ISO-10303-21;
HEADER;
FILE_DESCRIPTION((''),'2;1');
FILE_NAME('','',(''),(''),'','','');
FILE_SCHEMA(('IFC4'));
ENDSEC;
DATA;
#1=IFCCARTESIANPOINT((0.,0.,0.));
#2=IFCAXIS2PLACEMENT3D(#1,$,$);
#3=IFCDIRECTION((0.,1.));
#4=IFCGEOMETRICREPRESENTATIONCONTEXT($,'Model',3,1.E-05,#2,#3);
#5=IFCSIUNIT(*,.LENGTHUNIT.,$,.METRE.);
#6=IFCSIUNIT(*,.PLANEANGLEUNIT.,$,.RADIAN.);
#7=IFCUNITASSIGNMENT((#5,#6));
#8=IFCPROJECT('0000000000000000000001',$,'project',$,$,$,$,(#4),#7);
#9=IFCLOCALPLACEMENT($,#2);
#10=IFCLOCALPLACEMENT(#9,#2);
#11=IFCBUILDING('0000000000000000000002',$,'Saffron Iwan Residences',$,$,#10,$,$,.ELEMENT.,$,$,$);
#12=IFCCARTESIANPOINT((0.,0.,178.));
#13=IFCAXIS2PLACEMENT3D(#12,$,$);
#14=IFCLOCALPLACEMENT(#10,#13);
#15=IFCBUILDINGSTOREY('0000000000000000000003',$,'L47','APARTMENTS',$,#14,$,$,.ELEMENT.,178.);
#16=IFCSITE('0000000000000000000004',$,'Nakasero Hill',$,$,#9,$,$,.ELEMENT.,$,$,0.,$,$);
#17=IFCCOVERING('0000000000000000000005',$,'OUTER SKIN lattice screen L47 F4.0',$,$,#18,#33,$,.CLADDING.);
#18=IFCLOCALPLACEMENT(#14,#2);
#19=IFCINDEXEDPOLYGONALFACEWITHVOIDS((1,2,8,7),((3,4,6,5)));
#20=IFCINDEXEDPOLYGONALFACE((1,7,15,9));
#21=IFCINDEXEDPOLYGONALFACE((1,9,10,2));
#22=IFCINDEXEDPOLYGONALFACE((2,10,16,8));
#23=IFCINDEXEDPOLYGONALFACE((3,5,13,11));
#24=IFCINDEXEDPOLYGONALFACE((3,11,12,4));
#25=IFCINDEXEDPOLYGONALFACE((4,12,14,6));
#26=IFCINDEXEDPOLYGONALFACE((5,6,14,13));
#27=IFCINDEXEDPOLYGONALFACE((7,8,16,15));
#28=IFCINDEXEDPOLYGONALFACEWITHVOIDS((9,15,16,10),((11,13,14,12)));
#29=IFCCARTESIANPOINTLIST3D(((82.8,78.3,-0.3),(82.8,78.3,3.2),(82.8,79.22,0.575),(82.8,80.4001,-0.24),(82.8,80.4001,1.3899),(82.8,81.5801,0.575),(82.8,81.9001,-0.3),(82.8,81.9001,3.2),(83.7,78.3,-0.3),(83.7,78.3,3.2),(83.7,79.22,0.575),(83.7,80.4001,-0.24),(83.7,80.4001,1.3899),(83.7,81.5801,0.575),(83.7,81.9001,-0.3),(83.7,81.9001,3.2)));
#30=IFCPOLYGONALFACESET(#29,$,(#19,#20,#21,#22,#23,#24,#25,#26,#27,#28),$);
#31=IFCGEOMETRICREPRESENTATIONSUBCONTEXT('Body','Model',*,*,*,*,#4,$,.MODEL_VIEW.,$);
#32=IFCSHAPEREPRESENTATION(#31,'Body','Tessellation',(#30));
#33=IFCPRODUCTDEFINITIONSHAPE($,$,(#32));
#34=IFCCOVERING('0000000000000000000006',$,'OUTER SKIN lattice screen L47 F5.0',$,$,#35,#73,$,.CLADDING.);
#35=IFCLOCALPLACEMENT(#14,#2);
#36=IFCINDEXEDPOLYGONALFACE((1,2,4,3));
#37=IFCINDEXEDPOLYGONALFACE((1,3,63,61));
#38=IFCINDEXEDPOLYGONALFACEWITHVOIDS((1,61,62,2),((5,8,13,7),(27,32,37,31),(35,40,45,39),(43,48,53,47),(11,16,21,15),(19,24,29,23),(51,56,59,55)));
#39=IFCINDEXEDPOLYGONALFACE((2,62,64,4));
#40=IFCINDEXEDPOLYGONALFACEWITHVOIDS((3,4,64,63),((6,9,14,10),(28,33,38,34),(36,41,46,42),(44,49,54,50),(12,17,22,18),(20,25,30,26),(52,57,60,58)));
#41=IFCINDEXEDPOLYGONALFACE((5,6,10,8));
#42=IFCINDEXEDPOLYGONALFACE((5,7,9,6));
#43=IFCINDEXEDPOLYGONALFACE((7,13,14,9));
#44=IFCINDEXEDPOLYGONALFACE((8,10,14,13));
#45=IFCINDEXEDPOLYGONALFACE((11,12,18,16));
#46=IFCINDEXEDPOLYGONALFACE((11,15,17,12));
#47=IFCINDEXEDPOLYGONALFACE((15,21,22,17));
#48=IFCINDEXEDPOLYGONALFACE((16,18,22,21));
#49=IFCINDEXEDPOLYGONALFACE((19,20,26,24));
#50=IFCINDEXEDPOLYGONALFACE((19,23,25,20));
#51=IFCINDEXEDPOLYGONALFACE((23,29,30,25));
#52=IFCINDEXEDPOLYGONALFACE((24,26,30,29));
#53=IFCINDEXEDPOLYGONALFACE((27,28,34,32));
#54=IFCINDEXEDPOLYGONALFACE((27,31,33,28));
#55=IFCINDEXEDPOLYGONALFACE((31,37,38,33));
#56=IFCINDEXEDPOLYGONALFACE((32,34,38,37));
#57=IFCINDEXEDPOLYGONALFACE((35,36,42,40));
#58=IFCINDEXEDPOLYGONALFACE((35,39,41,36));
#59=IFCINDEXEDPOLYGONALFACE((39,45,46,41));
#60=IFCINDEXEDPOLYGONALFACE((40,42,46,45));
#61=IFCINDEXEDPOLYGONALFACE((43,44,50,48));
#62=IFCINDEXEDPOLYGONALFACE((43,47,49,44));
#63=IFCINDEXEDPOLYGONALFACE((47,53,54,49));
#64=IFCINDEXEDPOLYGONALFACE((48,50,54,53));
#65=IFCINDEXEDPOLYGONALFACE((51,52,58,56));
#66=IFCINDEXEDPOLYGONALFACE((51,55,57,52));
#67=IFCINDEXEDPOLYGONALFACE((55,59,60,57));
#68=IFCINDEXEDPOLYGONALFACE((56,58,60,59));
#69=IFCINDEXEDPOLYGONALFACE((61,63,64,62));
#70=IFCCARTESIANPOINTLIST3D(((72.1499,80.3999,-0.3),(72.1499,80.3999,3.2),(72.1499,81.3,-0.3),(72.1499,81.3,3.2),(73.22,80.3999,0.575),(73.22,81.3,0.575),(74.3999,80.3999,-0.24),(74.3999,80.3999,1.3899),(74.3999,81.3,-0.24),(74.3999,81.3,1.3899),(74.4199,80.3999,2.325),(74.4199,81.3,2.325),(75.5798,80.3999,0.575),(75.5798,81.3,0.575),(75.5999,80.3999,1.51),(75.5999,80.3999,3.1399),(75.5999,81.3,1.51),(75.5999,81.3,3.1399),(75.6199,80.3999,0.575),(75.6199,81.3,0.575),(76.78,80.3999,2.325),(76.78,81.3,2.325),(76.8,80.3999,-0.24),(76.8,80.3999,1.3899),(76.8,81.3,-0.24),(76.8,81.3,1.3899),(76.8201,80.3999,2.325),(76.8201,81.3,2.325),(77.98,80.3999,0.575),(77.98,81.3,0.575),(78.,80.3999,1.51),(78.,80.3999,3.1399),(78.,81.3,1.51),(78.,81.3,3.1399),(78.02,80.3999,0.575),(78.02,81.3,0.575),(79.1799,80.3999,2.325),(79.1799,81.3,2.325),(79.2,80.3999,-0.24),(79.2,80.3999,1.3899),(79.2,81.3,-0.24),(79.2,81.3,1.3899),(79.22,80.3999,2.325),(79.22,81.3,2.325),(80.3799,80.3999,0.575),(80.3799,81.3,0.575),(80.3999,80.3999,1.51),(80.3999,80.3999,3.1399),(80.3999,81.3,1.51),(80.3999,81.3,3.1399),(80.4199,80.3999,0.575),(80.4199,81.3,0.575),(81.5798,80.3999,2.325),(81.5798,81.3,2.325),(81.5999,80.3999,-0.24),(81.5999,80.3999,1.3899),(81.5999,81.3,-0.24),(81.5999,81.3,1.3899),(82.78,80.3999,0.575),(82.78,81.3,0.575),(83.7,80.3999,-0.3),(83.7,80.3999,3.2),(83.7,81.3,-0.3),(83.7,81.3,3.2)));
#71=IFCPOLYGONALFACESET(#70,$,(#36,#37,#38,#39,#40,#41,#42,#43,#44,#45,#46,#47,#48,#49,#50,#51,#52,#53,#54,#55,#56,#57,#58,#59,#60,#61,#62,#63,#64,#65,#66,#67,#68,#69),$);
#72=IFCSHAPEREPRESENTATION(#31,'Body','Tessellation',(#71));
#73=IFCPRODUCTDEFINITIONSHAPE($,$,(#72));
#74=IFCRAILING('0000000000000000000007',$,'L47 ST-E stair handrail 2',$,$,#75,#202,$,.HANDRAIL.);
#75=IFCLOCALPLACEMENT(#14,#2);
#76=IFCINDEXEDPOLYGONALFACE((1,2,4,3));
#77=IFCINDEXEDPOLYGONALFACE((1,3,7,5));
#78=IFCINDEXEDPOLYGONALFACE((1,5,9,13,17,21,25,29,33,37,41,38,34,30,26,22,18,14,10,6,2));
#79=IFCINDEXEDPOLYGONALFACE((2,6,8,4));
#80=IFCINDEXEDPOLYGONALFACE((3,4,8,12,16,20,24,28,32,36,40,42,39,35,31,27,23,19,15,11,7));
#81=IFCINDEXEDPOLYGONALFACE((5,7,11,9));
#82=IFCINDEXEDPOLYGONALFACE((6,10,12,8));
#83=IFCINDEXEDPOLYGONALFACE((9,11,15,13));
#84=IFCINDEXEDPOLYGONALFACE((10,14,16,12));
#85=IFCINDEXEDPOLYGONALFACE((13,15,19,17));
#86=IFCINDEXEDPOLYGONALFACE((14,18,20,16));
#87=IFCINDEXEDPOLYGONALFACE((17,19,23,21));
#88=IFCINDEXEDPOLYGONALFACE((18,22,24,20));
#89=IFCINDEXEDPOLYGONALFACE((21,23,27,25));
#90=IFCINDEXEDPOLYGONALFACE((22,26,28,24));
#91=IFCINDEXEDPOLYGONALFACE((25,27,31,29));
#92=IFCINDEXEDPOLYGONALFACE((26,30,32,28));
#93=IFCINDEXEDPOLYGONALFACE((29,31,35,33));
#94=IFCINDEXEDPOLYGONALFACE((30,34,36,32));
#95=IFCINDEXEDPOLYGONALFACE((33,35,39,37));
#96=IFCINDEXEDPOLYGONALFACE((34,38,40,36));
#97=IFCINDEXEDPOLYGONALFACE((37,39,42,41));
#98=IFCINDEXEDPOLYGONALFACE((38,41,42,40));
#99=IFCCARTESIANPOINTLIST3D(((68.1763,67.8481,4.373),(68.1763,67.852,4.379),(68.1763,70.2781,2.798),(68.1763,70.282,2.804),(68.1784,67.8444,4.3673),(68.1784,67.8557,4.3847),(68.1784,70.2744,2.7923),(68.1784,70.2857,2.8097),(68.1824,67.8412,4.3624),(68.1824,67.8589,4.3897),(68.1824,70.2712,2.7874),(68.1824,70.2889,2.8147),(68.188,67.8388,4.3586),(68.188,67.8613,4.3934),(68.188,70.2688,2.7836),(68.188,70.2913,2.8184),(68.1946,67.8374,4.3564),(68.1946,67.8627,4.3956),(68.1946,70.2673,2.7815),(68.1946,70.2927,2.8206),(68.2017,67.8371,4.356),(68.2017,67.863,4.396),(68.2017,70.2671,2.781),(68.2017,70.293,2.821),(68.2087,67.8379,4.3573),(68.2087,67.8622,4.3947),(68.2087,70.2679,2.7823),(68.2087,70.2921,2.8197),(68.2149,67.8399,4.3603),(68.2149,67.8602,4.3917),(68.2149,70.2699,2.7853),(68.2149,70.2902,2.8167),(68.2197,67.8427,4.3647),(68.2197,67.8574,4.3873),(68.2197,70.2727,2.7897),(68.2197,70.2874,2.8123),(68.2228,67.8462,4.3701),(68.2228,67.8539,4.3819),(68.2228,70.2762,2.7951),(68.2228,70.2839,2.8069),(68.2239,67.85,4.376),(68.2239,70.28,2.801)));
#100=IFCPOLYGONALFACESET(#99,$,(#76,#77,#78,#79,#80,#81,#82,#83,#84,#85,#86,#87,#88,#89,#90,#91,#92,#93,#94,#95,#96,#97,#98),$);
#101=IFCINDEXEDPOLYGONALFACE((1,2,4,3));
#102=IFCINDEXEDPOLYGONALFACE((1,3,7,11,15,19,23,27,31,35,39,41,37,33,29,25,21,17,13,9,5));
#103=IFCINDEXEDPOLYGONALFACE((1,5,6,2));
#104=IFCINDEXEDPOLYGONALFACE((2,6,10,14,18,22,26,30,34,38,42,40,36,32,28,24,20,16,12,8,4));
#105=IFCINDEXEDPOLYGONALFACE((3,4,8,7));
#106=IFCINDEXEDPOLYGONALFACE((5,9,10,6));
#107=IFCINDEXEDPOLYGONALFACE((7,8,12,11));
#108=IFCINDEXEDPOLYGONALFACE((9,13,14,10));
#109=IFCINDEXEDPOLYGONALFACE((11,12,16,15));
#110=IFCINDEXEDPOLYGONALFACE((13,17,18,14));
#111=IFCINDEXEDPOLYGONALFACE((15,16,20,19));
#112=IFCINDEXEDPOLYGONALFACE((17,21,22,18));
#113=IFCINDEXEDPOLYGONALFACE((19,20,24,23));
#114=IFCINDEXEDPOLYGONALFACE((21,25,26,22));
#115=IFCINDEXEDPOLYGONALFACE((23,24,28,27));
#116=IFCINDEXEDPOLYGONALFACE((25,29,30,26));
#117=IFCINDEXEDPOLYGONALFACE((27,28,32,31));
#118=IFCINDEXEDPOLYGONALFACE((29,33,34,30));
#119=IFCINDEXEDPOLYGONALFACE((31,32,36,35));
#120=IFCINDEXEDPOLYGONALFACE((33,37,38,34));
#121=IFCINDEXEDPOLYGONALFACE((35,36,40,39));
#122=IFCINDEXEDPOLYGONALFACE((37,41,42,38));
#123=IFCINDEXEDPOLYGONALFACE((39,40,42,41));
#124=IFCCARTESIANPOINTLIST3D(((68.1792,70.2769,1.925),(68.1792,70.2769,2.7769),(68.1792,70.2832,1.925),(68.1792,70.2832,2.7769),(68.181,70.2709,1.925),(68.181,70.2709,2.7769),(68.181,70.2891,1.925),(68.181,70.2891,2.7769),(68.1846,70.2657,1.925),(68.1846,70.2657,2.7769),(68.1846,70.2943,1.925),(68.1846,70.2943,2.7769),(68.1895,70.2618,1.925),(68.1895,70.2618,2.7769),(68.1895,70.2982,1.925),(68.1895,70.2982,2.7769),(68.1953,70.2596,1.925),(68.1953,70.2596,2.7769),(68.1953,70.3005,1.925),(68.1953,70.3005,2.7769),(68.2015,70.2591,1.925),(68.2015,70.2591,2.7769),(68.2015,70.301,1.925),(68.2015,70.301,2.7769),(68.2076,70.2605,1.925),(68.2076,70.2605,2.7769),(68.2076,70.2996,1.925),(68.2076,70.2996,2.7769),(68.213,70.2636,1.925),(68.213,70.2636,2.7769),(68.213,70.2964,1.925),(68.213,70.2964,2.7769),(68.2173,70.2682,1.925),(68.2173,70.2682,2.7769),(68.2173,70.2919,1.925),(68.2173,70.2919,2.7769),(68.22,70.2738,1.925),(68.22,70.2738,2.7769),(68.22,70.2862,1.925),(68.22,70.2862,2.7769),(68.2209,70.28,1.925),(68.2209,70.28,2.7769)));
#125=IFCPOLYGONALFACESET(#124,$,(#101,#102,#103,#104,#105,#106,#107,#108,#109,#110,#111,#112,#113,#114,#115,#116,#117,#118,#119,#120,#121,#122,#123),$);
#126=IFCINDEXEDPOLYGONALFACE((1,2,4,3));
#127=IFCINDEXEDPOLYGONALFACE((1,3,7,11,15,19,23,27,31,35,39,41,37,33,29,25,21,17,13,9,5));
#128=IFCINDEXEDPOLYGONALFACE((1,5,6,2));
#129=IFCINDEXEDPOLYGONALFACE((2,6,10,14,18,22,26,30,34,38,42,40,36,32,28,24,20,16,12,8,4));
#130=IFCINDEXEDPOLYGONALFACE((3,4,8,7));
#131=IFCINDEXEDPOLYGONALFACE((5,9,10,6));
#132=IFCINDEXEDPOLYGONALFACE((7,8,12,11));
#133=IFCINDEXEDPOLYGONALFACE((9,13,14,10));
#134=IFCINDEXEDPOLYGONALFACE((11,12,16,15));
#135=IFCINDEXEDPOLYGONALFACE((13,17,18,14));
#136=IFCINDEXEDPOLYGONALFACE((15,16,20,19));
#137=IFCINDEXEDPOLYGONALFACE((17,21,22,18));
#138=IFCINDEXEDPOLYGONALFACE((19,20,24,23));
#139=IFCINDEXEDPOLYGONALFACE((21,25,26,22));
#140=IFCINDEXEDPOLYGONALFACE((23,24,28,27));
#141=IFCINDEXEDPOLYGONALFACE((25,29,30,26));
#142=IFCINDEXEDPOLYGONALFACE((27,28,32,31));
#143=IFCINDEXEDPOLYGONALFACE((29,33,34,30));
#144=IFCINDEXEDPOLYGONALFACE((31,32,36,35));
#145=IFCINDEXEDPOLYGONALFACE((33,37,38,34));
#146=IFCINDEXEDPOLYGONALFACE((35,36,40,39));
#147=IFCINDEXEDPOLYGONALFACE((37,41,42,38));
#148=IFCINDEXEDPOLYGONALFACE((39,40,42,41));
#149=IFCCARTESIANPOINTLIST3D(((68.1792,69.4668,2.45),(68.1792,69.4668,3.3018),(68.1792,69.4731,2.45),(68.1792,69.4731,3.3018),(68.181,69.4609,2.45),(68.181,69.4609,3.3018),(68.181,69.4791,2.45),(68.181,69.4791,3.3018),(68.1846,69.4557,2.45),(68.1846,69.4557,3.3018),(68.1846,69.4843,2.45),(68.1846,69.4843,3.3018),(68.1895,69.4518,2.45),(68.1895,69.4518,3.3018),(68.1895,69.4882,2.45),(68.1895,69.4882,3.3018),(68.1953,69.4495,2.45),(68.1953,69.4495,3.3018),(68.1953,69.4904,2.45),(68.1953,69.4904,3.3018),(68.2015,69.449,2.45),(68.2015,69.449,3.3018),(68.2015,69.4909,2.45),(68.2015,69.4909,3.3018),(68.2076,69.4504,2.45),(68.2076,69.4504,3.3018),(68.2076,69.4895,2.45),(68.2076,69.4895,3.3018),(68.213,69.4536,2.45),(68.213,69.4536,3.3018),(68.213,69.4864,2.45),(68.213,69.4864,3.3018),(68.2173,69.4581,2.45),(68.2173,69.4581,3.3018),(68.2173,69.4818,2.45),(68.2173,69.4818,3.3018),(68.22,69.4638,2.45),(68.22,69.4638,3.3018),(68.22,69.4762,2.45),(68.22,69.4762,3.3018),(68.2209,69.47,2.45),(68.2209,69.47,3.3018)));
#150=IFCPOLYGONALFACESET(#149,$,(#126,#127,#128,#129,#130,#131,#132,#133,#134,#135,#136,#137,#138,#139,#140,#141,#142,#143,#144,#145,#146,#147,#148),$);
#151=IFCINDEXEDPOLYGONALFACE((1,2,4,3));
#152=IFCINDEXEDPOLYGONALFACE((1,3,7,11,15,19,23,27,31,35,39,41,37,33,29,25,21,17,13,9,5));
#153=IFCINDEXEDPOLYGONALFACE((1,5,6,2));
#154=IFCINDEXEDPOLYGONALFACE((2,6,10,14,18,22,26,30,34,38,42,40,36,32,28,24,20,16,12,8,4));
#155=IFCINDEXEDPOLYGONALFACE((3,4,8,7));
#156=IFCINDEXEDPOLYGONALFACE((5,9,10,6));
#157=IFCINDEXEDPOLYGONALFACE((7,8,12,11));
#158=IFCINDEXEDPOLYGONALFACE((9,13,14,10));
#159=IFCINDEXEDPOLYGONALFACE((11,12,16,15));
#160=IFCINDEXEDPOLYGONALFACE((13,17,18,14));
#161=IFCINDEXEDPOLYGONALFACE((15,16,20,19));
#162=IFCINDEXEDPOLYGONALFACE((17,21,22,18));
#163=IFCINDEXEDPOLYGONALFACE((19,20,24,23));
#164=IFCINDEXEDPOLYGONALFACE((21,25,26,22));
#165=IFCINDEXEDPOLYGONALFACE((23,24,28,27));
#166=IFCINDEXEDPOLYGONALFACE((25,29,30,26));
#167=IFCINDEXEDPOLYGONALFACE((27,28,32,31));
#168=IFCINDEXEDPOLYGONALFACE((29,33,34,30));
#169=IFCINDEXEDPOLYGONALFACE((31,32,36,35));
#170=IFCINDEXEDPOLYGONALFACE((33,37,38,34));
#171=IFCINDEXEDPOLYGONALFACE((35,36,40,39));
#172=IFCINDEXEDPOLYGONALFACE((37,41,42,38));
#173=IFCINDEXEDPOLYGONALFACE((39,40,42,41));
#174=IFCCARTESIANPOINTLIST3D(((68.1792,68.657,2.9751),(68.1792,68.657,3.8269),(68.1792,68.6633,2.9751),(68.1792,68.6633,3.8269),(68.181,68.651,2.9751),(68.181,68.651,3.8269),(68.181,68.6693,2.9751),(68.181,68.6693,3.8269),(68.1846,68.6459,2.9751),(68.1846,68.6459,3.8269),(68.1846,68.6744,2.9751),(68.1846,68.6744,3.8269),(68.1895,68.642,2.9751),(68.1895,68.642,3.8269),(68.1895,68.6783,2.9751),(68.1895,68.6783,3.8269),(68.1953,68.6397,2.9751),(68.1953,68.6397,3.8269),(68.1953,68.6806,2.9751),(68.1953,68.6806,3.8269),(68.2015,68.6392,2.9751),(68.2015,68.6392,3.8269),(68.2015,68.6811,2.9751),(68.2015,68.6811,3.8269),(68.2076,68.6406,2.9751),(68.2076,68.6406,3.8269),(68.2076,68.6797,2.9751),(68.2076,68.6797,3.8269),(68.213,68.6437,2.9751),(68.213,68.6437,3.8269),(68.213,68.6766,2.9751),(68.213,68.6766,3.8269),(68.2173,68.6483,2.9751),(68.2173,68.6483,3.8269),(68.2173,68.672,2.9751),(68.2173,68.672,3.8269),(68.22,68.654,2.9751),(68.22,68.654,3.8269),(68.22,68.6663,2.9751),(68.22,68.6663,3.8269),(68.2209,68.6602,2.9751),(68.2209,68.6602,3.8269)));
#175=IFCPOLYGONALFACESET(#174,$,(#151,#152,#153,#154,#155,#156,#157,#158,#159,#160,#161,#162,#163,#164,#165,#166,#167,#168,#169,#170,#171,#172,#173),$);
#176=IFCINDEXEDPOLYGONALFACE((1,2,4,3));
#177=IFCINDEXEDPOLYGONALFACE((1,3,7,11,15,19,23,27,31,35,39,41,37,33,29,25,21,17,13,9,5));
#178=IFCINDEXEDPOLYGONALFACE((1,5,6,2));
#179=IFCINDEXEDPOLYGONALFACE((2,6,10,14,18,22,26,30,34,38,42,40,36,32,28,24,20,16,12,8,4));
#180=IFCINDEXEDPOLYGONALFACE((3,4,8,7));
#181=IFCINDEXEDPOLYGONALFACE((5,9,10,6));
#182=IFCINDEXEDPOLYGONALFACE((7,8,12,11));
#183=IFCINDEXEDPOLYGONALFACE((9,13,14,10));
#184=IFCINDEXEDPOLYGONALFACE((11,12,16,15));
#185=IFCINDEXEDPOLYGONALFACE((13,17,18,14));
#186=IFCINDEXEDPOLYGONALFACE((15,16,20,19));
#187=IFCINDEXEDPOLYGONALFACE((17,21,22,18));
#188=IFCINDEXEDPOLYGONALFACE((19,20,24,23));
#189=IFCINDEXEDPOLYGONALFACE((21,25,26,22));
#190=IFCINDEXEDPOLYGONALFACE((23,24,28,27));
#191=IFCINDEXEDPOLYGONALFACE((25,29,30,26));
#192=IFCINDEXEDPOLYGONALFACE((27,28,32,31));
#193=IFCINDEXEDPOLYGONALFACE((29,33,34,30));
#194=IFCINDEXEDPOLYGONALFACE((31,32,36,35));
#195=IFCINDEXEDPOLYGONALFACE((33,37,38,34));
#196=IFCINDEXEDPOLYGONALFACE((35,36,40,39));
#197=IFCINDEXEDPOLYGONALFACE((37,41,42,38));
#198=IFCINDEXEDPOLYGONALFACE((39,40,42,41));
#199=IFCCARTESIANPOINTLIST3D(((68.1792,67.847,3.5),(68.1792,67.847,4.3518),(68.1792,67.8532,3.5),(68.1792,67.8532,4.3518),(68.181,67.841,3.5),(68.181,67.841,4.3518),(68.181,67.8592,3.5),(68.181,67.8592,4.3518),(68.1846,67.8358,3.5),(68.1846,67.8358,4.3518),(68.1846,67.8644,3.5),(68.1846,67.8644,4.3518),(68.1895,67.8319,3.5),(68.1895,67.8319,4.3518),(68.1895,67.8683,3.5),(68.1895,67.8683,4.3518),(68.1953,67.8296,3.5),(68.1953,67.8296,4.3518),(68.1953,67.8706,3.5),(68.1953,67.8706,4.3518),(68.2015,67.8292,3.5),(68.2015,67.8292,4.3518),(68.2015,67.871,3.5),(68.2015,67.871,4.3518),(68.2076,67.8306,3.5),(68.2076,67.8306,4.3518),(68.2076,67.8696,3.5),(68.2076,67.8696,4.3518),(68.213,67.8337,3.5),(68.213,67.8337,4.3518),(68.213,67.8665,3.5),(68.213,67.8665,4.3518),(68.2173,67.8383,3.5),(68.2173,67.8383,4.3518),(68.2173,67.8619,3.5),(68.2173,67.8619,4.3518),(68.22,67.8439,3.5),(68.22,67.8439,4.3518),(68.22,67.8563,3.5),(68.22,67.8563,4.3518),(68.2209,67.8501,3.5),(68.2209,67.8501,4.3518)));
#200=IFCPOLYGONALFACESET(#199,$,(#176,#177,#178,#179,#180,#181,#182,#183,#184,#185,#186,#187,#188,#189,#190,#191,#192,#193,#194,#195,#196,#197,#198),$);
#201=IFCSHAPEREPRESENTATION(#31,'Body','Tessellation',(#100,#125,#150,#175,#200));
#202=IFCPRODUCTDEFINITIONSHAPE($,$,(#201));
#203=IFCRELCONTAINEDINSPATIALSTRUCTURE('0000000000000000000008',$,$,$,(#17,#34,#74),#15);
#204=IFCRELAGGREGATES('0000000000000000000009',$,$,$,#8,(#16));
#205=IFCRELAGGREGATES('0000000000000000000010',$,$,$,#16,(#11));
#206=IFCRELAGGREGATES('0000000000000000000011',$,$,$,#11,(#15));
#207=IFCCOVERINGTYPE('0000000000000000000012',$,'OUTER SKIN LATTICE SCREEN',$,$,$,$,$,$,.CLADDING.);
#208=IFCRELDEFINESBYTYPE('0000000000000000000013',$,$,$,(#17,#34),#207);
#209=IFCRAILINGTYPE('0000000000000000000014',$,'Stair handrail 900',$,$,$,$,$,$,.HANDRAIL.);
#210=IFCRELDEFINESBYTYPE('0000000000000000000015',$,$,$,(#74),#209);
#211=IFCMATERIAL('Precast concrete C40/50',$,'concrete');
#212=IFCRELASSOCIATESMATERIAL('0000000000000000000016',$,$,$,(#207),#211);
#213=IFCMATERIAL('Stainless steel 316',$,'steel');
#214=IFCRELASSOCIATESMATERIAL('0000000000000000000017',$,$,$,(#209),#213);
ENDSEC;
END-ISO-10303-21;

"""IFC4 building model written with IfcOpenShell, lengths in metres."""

from ifc_helpers import new_model, si_unit, direction, frame, origin, origin_2d, place, context, subcontext, project, spatial, polyline, circle, outline, extrude, material, type_object, element, save


model = new_model("IFC4")

# Units and contexts
model_context = context("Model", 3, precision=1e-05, world=origin(), true_north=direction((0.0, 1.0)))
body_context = subcontext(model_context, "Body", "Model", "MODEL_VIEW")
ifc_project = project(units=[si_unit("LENGTHUNIT", "METRE"), si_unit("PLANEANGLEUNIT", "RADIAN")], contexts=[model_context])

# Site, building, storey
site_placement = place(None, origin())
site = spatial("IfcSite", under=ifc_project, at=site_placement, Name="Nakasero Hill", CompositionType="ELEMENT", RefElevation=0.0)
building_placement = place(site_placement, origin())
building = spatial("IfcBuilding", under=site, at=building_placement, Name="Saffron Iwan Residences", CompositionType="ELEMENT")
storey_placement = place(building_placement, frame((0.0, 0.0, 178.0)))
storey = spatial("IfcBuildingStorey", under=building, at=storey_placement, Name="L47", Description="APARTMENTS", CompositionType="ELEMENT", Elevation=178.0)

# Coverings
ifc_material_1 = material(Name="Precast concrete C40/50", Category="concrete")
covering_type_1 = type_object("IfcCoveringType", Name="OUTER SKIN LATTICE SCREEN", PredefinedType="CLADDING", material=ifc_material_1)
covering_1_placement = place(storey_placement, frame((82.8, 78.3, -0.3), z_axis=(1.0, 0.0, 0.0), x_axis=(0.0, 1.0, 0.0)))
element("IfcCovering", 1, at=covering_1_placement, inside=storey, type_object=covering_type_1, Name="OUTER SKIN lattice screen L47 F4.0", PredefinedType="CLADDING", context=body_context, shape_type="SweptSolid", body=[
    extrude(outline(polyline([(0.0, 0.0), (3.6001, 0.0), (3.6001, 3.5), (0.0, 3.5), (0.0, 0.0)]), holes=[polyline([(0.9199, 0.875), (2.1001, 0.0601), (3.28, 0.875), (2.1001, 1.6899), (0.9199, 0.875)])]), origin(), (0.0, 0.0, 1.0), 0.8999),
])
covering_2_placement = place(storey_placement, frame((83.7, 80.3999, -0.3), z_axis=(0.0, 1.0, 0.0), x_axis=(-1.0, 0.0, 0.0)))
element("IfcCovering", 2, at=covering_2_placement, inside=storey, type_object=covering_type_1, Name="OUTER SKIN lattice screen L47 F5.0", PredefinedType="CLADDING", context=body_context, shape_type="SweptSolid", body=[
    extrude(outline(polyline([(0.0, 0.0), (11.55, 0.0), (11.55, 3.5), (0.0, 3.5), (0.0, 0.0)]), holes=[polyline([(0.9199, 0.875), (2.1001, 0.0601), (3.28, 0.875), (2.1001, 1.6899), (0.9199, 0.875)]), polyline([(3.3201, 0.875), (4.5, 0.0601), (5.6799, 0.875), (4.5, 1.6899), (3.3201, 0.875)]), polyline([(5.72, 0.875), (6.8999, 0.0601), (8.0801, 0.875), (6.8999, 1.6899), (5.72, 0.875)]), polyline([(8.1201, 0.875), (9.3, 0.0601), (10.48, 0.875), (9.3, 1.6899), (8.1201, 0.875)]), polyline([(2.1201, 2.625), (3.3, 1.8101), (4.48, 2.625), (3.3, 3.4399), (2.1201, 2.625)]), polyline([(4.52, 2.625), (5.7, 1.8101), (6.8799, 2.625), (5.7, 3.4399), (4.52, 2.625)]), polyline([(6.9199, 2.625), (8.1001, 1.8101), (9.28, 2.625), (8.1001, 3.4399), (6.9199, 2.625)])]), origin(), (0.0, 0.0, 1.0), 0.9001),
])

# Railing
ifc_material_2 = material(Name="Stainless steel 316", Category="steel")
railing_type = type_object("IfcRailingType", Name="Stair handrail 900", PredefinedType="HANDRAIL", material=ifc_material_2)
railing_placement = place(storey_placement, frame((68.2, 70.28, 1.925)))
element("IfcRailing", 3, at=railing_placement, inside=storey, type_object=railing_type, Name="L47 ST-E stair handrail 2", PredefinedType="HANDRAIL", context=body_context, shape_type="SweptSolid", body=[
    extrude(circle(Radius=0.0239, at=origin_2d()), frame((0.0, 0.0, 0.876), z_axis=(0.0, -0.839154, 0.543894), x_axis=(1.0, 0.0, 0.0)), (0.0, 0.0, 1.0), 2.8958),
    extrude(circle(Radius=0.021, at=origin_2d()), origin(), (0.0, 0.0, 1.0), 0.8518),
    extrude(circle(Radius=0.021, at=origin_2d()), frame((0.0, -0.8101, 0.5249)), (0.0, 0.0, 1.0), 0.8518),
    extrude(circle(Radius=0.021, at=origin_2d()), frame((0.0, -1.6199, 1.05)), (0.0, 0.0, 1.0), 0.8518),
    extrude(circle(Radius=0.021, at=origin_2d()), frame((0.0, -2.4299, 1.575)), (0.0, 0.0, 1.0), 0.8518),
])

save(model, "model.ifc")
